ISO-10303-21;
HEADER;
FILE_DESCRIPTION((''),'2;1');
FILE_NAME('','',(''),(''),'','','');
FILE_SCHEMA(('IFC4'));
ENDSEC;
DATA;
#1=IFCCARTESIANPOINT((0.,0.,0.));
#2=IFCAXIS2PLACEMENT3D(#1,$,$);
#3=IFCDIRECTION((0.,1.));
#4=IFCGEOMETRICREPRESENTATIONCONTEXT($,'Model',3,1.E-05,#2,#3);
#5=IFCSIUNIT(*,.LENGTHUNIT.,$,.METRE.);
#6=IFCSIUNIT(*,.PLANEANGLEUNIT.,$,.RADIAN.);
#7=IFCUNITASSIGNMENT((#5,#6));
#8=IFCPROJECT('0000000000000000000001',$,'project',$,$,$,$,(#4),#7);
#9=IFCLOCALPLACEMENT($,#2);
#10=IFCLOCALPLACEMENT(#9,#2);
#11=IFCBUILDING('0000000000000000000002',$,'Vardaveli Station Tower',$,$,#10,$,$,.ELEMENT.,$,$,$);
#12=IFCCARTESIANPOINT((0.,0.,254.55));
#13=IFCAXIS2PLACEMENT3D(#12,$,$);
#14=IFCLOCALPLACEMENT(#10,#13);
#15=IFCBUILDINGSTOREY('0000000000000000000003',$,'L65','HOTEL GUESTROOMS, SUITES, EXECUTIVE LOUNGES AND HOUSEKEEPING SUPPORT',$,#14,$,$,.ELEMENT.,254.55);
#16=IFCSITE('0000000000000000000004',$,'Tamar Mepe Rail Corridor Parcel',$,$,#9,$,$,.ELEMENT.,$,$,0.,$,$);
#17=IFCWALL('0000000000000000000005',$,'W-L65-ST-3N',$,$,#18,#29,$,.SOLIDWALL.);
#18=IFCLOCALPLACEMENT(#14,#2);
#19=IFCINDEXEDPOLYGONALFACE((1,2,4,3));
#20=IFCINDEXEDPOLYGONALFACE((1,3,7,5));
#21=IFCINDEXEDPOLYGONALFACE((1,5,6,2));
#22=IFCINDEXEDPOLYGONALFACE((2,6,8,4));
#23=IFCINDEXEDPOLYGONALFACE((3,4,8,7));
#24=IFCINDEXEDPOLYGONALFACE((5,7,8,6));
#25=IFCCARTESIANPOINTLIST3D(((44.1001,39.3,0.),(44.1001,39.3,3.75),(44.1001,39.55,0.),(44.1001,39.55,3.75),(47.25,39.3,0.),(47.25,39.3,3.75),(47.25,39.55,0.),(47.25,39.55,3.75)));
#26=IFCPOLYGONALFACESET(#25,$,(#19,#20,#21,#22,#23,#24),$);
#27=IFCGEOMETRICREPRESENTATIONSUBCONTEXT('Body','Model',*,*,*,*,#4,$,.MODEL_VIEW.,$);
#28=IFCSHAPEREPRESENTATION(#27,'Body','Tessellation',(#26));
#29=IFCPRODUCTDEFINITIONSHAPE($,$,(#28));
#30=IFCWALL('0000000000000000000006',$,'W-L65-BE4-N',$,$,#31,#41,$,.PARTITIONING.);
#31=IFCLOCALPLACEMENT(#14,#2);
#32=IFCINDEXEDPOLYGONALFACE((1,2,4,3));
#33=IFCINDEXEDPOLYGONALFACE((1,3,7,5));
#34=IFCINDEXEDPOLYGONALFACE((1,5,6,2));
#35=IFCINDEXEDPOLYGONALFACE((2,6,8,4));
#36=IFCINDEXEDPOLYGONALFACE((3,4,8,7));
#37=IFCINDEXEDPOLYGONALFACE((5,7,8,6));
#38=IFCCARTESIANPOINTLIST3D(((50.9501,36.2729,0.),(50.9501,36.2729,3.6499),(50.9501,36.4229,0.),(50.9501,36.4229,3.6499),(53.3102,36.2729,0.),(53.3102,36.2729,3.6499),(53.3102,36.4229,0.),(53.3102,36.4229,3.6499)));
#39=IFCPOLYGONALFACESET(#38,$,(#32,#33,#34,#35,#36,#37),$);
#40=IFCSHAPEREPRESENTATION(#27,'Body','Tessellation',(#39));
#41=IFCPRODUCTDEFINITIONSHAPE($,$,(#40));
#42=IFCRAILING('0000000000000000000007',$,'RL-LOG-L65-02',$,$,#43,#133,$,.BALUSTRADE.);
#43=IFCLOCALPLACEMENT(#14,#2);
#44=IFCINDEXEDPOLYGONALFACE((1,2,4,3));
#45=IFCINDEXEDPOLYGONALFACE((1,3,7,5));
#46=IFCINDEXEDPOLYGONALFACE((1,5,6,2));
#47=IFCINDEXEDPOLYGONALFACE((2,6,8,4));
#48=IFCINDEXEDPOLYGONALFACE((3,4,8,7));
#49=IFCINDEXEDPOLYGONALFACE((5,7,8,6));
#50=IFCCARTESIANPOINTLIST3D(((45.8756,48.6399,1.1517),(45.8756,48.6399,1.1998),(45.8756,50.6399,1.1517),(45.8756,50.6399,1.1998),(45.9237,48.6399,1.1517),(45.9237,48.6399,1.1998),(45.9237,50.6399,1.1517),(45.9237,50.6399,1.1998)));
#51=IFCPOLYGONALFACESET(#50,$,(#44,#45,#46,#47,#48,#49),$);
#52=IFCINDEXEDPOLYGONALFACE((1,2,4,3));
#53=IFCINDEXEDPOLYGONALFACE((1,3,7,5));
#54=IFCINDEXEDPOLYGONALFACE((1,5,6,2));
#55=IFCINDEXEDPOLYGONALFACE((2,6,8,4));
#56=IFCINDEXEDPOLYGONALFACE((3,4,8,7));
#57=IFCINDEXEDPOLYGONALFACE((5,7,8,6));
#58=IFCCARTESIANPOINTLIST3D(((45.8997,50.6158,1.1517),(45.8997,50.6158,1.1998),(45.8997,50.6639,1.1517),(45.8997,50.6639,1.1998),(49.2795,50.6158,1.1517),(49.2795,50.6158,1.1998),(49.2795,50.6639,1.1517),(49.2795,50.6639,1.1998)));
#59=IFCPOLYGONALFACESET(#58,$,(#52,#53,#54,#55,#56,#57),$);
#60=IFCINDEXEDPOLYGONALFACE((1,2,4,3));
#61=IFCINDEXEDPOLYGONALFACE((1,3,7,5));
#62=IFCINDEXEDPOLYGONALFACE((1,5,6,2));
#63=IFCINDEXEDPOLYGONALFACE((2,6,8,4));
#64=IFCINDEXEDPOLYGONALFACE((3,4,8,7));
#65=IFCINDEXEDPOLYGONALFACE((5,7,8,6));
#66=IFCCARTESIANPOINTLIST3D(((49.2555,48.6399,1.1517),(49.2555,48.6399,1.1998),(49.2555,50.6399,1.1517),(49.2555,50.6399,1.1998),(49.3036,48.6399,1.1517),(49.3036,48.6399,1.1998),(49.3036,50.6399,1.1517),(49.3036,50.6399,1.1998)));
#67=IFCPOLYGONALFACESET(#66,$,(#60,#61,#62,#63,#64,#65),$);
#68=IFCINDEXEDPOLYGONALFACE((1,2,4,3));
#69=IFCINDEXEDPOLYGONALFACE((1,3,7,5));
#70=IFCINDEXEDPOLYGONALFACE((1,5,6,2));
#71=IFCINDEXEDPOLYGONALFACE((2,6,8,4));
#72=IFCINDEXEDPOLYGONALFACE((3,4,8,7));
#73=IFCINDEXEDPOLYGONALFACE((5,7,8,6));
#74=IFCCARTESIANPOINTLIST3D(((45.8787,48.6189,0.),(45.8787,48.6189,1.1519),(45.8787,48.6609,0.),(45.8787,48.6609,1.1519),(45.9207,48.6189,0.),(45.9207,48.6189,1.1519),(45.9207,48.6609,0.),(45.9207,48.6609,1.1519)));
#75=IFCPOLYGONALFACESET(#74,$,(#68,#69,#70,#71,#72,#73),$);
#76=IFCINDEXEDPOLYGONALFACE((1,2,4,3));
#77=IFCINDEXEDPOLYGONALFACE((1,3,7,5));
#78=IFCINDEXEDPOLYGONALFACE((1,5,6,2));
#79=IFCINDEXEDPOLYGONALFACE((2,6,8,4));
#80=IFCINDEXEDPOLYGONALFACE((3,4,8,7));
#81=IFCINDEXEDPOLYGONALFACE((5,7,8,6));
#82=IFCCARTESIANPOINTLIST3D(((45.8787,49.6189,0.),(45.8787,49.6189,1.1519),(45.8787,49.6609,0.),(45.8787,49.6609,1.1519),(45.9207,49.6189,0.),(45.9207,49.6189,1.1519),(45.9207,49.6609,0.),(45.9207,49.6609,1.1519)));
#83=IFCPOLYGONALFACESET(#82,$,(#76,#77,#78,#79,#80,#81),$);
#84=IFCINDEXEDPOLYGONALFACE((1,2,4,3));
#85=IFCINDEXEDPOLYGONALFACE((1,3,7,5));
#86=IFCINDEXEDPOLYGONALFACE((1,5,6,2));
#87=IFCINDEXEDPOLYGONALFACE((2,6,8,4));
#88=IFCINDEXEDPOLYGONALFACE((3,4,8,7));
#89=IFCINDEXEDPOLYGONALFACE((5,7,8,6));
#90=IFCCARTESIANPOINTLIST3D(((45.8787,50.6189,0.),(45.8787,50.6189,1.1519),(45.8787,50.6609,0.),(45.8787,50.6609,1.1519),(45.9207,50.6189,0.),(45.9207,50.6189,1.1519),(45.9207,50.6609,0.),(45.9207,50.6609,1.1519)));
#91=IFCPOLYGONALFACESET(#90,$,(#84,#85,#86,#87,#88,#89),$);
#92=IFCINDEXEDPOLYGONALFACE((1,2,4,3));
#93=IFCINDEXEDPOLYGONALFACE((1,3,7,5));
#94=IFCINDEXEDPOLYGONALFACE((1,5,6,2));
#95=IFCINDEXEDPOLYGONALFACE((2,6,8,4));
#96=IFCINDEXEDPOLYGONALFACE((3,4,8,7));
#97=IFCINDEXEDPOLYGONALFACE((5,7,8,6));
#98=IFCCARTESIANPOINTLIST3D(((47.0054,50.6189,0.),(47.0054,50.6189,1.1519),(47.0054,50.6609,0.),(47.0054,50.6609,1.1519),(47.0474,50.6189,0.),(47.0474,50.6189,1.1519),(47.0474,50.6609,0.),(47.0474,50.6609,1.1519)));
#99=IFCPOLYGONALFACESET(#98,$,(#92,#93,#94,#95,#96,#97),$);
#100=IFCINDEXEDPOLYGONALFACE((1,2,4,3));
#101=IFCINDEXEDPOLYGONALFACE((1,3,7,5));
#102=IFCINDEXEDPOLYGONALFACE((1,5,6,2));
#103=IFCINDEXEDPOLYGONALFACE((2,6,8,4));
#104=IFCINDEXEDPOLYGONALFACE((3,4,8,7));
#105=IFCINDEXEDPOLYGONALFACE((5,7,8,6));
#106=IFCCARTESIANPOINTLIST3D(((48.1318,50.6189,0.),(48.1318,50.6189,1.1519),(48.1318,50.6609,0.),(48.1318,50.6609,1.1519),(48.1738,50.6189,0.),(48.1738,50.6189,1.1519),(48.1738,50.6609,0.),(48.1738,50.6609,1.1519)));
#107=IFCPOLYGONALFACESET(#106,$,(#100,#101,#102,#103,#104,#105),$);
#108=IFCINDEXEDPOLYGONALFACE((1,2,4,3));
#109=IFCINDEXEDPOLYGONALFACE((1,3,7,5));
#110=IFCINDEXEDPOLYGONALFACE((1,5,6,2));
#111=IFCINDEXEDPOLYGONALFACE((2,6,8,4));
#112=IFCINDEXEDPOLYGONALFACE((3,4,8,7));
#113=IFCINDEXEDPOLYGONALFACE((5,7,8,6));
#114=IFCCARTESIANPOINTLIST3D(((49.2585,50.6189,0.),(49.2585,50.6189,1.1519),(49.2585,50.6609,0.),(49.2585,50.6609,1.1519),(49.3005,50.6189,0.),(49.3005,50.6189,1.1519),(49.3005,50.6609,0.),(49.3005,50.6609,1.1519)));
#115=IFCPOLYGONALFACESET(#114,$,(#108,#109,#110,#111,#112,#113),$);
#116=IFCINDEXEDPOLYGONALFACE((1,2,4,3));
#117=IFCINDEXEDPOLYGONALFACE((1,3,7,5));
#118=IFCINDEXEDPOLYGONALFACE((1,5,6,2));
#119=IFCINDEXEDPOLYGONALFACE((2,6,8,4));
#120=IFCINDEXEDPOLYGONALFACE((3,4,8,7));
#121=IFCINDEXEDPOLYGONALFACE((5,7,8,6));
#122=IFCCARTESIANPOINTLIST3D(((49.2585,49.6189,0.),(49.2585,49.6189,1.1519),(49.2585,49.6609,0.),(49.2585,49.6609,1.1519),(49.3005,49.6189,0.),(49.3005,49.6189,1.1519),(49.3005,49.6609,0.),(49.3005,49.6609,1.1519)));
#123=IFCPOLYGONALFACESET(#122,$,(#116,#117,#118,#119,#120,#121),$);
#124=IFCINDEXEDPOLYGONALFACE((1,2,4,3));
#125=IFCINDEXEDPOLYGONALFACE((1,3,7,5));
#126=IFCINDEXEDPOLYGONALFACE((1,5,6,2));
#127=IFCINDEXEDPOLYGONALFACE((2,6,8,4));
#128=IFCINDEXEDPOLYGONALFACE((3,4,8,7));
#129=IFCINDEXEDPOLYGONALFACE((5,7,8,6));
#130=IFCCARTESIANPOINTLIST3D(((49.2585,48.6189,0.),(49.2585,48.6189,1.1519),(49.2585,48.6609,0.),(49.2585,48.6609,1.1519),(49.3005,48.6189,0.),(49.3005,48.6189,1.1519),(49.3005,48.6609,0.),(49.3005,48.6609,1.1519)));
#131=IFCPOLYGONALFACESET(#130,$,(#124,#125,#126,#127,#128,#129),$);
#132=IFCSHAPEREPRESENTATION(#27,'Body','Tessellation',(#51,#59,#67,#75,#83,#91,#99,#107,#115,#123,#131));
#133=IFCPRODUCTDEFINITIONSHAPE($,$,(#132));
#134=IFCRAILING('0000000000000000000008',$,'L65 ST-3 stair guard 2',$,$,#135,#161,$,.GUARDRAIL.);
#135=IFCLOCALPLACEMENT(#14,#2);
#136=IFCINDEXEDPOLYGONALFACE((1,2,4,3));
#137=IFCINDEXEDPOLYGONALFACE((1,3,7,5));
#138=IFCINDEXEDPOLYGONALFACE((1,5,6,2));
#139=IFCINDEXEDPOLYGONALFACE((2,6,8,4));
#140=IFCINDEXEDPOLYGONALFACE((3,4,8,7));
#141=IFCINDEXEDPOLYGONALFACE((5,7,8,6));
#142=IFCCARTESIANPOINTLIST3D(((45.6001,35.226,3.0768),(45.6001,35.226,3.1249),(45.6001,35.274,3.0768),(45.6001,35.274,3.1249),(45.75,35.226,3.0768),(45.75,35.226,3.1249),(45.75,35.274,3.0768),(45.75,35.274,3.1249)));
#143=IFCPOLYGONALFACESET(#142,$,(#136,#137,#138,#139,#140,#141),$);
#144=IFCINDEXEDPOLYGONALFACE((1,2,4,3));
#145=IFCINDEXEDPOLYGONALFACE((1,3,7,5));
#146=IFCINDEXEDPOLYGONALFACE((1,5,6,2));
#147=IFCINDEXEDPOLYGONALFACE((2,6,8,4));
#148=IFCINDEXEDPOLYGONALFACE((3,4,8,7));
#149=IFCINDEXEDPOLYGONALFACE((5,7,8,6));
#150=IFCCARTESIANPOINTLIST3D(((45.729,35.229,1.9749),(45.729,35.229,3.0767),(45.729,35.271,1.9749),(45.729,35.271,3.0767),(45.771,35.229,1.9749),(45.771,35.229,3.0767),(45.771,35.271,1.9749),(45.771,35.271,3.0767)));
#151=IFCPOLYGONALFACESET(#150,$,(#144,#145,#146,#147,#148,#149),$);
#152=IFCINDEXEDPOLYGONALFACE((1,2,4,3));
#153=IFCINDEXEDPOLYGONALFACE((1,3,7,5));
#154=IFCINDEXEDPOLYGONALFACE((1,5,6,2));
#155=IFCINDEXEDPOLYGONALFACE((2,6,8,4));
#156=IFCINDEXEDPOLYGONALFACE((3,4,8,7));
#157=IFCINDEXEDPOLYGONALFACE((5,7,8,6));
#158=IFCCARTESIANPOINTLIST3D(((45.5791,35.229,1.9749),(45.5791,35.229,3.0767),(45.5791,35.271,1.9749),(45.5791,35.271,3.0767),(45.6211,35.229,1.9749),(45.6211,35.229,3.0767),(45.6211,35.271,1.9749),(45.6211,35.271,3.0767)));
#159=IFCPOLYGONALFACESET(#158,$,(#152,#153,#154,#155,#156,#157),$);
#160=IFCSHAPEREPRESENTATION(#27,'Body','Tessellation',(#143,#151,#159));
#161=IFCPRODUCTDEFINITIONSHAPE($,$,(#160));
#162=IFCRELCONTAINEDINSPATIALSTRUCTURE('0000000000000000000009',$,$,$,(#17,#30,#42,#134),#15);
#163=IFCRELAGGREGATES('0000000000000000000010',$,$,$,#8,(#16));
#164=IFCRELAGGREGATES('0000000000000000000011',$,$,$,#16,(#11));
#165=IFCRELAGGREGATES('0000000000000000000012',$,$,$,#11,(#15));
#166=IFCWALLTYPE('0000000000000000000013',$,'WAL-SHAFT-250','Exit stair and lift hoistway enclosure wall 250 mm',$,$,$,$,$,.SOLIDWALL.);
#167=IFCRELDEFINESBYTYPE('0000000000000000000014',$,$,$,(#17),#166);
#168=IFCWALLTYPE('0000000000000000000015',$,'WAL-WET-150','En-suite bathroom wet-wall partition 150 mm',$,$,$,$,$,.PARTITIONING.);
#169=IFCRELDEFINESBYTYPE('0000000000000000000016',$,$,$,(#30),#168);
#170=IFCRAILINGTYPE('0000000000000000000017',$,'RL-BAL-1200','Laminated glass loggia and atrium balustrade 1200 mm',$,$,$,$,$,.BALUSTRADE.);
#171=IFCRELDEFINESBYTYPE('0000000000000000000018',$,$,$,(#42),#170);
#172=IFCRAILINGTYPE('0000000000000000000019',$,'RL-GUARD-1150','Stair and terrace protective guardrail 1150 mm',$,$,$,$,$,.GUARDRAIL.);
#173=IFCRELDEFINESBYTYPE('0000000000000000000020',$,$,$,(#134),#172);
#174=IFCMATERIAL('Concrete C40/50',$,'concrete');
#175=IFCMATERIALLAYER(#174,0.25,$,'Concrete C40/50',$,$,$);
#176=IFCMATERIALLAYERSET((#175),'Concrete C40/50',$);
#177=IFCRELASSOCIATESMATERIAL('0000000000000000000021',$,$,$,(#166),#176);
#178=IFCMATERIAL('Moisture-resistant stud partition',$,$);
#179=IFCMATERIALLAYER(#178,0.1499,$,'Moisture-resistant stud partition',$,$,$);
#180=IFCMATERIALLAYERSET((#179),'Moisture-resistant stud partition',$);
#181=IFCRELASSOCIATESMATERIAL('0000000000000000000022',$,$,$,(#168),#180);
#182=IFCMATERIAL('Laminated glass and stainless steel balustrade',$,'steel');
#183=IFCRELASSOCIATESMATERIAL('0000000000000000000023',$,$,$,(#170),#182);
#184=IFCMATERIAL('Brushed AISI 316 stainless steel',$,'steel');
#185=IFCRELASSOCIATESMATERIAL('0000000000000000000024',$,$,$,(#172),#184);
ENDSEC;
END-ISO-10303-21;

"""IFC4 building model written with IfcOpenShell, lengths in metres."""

from ifc_helpers import new_model, si_unit, direction, frame, frame_2d, origin, origin_2d, place, context, subcontext, project, spatial, rectangle, extrude, source, transform, mapped, material, layer, layer_set, type_object, element, save


model = new_model("IFC4")

# Units and contexts
model_context = context("Model", 3, precision=1e-05, world=origin(), true_north=direction((0.0, 1.0)))
body_context = subcontext(model_context, "Body", "Model", "MODEL_VIEW")
ifc_project = project(units=[si_unit("LENGTHUNIT", "METRE"), si_unit("PLANEANGLEUNIT", "RADIAN")], contexts=[model_context])

# Site, building, storey
site_placement = place(None, origin())
site = spatial("IfcSite", under=ifc_project, at=site_placement, Name="Tamar Mepe Rail Corridor Parcel", CompositionType="ELEMENT", RefElevation=0.0)
building_placement = place(site_placement, origin())
building = spatial("IfcBuilding", under=site, at=building_placement, Name="Vardaveli Station Tower", CompositionType="ELEMENT")
storey_placement = place(building_placement, frame((0.0, 0.0, 254.55)))
storey = spatial("IfcBuildingStorey", under=building, at=storey_placement, Name="L65", Description="HOTEL GUESTROOMS, SUITES, EXECUTIVE LOUNGES AND HOUSEKEEPING SUPPORT", CompositionType="ELEMENT", Elevation=254.55)

# Walls
ifc_material_1 = material(Name="Concrete C40/50", Category="concrete")
ifc_layer_1 = layer(ifc_material_1, 0.25, Name="Concrete C40/50")
ifc_layer_set_1 = layer_set([ifc_layer_1], Name="Concrete C40/50")
wall_type_1 = type_object("IfcWallType", Name="WAL-SHAFT-250", Description="Exit stair and lift hoistway enclosure wall 250 mm", PredefinedType="SOLIDWALL", material=ifc_layer_set_1)
shared_shape_1 = source(origin(), body_context, "Body", "SweptSolid", [
    extrude(rectangle(XDim=3.1499, YDim=0.25, at=frame_2d((1.575, 0.0))), origin(), (0.0, 0.0, 1.0), 3.75),
])
wall_1_placement = place(storey_placement, frame((44.1001, 39.425, 0.0), z_axis=(0.0, 0.0, 1.0), x_axis=(1.0, 0.0, 0.0)))
element("IfcWall", 1, at=wall_1_placement, inside=storey, type_object=wall_type_1, Name="W-L65-ST-3N", PredefinedType="SOLIDWALL", context=body_context, shape_type="MappedRepresentation", body=[
    mapped(shared_shape_1, transform((0.0, 0.0, 0.0), scale=1.0)),
])
ifc_material_2 = material(Name="Moisture-resistant stud partition")
ifc_layer_2 = layer(ifc_material_2, 0.1499, Name="Moisture-resistant stud partition")
ifc_layer_set_2 = layer_set([ifc_layer_2], Name="Moisture-resistant stud partition")
wall_type_2 = type_object("IfcWallType", Name="WAL-WET-150", Description="En-suite bathroom wet-wall partition 150 mm", PredefinedType="PARTITIONING", material=ifc_layer_set_2)
shared_shape_2 = source(origin(), body_context, "Body", "SweptSolid", [
    extrude(rectangle(XDim=2.3601, YDim=0.1499, at=frame_2d((1.1802, 0.0))), origin(), (0.0, 0.0, 1.0), 3.6499),
])
wall_2_placement = place(storey_placement, frame((50.95, 36.3479, 0.0), z_axis=(0.0, 0.0, 1.0), x_axis=(1.0, 0.0, 0.0)))
element("IfcWall", 2, at=wall_2_placement, inside=storey, type_object=wall_type_2, Name="W-L65-BE4-N", PredefinedType="PARTITIONING", context=body_context, shape_type="MappedRepresentation", body=[
    mapped(shared_shape_2, transform((0.0, 0.0, 0.0), scale=1.0)),
])

# Railings
ifc_material_3 = material(Name="Laminated glass and stainless steel balustrade", Category="steel")
railing_type_1 = type_object("IfcRailingType", Name="RL-BAL-1200", Description="Laminated glass loggia and atrium balustrade 1200 mm", PredefinedType="BALUSTRADE", material=ifc_material_3)
shared_shape_3 = source(origin(), body_context, "Body", "SweptSolid", [
    extrude(rectangle(XDim=0.0481, YDim=0.0481, at=origin_2d()), frame((0.0, 0.0, 1.1758), z_axis=(0.0, 1.0, 0.0), x_axis=(-1.0, 0.0, 0.0)), (0.0, 0.0, 1.0), 2.0),
    extrude(rectangle(XDim=0.0481, YDim=0.0481, at=origin_2d()), frame((0.0, 2.0, 1.1758), z_axis=(1.0, 0.0, 0.0), x_axis=(0.0, 1.0, 0.0)), (0.0, 0.0, 1.0), 3.3799),
    extrude(rectangle(XDim=0.0481, YDim=0.0481, at=origin_2d()), frame((3.3799, 2.0, 1.1758), z_axis=(0.0, -1.0, 0.0), x_axis=(1.0, 0.0, 0.0)), (0.0, 0.0, 1.0), 2.0),
    extrude(rectangle(XDim=0.042, YDim=0.042, at=origin_2d()), origin(), (0.0, 0.0, 1.0), 1.1519),
    extrude(rectangle(XDim=0.042, YDim=0.042, at=origin_2d()), frame((0.0, 1.0, 0.0)), (0.0, 0.0, 1.0), 1.1519),
    extrude(rectangle(XDim=0.042, YDim=0.042, at=origin_2d()), frame((0.0, 2.0, 0.0)), (0.0, 0.0, 1.0), 1.1519),
    extrude(rectangle(XDim=0.042, YDim=0.042, at=origin_2d()), frame((1.1267, 2.0, 0.0)), (0.0, 0.0, 1.0), 1.1519),
    extrude(rectangle(XDim=0.042, YDim=0.042, at=origin_2d()), frame((2.2532, 2.0, 0.0)), (0.0, 0.0, 1.0), 1.1519),
    extrude(rectangle(XDim=0.042, YDim=0.042, at=origin_2d()), frame((3.3799, 2.0, 0.0)), (0.0, 0.0, 1.0), 1.1519),
    extrude(rectangle(XDim=0.042, YDim=0.042, at=origin_2d()), frame((3.3799, 1.0, 0.0)), (0.0, 0.0, 1.0), 1.1519),
    extrude(rectangle(XDim=0.042, YDim=0.042, at=origin_2d()), frame((3.3799, 0.0, 0.0)), (0.0, 0.0, 1.0), 1.1519),
])
railing_1_placement = place(storey_placement, frame((45.8997, 48.6399, 0.0)))
element("IfcRailing", 3, at=railing_1_placement, inside=storey, type_object=railing_type_1, Name="RL-LOG-L65-02", PredefinedType="BALUSTRADE", context=body_context, shape_type="MappedRepresentation", body=[
    mapped(shared_shape_3, transform((0.0, 0.0, 0.0), scale=1.0)),
])
ifc_material_4 = material(Name="Brushed AISI 316 stainless steel", Category="steel")
railing_type_2 = type_object("IfcRailingType", Name="RL-GUARD-1150", Description="Stair and terrace protective guardrail 1150 mm", PredefinedType="GUARDRAIL", material=ifc_material_4)
shared_shape_4 = source(origin(), body_context, "Body", "SweptSolid", [
    extrude(rectangle(XDim=0.0481, YDim=0.0481, at=origin_2d()), frame((0.0, 0.0, 1.126), z_axis=(-1.0, 0.0, 0.0), x_axis=(0.0, -1.0, 0.0)), (0.0, 0.0, 1.0), 0.1499),
    extrude(rectangle(XDim=0.042, YDim=0.042, at=origin_2d()), origin(), (0.0, 0.0, 1.0), 1.1018),
    extrude(rectangle(XDim=0.042, YDim=0.042, at=origin_2d()), frame((-0.1499, 0.0, 0.0)), (0.0, 0.0, 1.0), 1.1018),
])
railing_2_placement = place(storey_placement, frame((45.75, 35.25, 1.9749)))
element("IfcRailing", 4, at=railing_2_placement, inside=storey, type_object=railing_type_2, Name="L65 ST-3 stair guard 2", PredefinedType="GUARDRAIL", context=body_context, shape_type="MappedRepresentation", body=[
    mapped(shared_shape_4, transform((0.0, 0.0, 0.0), scale=1.0)),
])

save(model, "model.ifc")
